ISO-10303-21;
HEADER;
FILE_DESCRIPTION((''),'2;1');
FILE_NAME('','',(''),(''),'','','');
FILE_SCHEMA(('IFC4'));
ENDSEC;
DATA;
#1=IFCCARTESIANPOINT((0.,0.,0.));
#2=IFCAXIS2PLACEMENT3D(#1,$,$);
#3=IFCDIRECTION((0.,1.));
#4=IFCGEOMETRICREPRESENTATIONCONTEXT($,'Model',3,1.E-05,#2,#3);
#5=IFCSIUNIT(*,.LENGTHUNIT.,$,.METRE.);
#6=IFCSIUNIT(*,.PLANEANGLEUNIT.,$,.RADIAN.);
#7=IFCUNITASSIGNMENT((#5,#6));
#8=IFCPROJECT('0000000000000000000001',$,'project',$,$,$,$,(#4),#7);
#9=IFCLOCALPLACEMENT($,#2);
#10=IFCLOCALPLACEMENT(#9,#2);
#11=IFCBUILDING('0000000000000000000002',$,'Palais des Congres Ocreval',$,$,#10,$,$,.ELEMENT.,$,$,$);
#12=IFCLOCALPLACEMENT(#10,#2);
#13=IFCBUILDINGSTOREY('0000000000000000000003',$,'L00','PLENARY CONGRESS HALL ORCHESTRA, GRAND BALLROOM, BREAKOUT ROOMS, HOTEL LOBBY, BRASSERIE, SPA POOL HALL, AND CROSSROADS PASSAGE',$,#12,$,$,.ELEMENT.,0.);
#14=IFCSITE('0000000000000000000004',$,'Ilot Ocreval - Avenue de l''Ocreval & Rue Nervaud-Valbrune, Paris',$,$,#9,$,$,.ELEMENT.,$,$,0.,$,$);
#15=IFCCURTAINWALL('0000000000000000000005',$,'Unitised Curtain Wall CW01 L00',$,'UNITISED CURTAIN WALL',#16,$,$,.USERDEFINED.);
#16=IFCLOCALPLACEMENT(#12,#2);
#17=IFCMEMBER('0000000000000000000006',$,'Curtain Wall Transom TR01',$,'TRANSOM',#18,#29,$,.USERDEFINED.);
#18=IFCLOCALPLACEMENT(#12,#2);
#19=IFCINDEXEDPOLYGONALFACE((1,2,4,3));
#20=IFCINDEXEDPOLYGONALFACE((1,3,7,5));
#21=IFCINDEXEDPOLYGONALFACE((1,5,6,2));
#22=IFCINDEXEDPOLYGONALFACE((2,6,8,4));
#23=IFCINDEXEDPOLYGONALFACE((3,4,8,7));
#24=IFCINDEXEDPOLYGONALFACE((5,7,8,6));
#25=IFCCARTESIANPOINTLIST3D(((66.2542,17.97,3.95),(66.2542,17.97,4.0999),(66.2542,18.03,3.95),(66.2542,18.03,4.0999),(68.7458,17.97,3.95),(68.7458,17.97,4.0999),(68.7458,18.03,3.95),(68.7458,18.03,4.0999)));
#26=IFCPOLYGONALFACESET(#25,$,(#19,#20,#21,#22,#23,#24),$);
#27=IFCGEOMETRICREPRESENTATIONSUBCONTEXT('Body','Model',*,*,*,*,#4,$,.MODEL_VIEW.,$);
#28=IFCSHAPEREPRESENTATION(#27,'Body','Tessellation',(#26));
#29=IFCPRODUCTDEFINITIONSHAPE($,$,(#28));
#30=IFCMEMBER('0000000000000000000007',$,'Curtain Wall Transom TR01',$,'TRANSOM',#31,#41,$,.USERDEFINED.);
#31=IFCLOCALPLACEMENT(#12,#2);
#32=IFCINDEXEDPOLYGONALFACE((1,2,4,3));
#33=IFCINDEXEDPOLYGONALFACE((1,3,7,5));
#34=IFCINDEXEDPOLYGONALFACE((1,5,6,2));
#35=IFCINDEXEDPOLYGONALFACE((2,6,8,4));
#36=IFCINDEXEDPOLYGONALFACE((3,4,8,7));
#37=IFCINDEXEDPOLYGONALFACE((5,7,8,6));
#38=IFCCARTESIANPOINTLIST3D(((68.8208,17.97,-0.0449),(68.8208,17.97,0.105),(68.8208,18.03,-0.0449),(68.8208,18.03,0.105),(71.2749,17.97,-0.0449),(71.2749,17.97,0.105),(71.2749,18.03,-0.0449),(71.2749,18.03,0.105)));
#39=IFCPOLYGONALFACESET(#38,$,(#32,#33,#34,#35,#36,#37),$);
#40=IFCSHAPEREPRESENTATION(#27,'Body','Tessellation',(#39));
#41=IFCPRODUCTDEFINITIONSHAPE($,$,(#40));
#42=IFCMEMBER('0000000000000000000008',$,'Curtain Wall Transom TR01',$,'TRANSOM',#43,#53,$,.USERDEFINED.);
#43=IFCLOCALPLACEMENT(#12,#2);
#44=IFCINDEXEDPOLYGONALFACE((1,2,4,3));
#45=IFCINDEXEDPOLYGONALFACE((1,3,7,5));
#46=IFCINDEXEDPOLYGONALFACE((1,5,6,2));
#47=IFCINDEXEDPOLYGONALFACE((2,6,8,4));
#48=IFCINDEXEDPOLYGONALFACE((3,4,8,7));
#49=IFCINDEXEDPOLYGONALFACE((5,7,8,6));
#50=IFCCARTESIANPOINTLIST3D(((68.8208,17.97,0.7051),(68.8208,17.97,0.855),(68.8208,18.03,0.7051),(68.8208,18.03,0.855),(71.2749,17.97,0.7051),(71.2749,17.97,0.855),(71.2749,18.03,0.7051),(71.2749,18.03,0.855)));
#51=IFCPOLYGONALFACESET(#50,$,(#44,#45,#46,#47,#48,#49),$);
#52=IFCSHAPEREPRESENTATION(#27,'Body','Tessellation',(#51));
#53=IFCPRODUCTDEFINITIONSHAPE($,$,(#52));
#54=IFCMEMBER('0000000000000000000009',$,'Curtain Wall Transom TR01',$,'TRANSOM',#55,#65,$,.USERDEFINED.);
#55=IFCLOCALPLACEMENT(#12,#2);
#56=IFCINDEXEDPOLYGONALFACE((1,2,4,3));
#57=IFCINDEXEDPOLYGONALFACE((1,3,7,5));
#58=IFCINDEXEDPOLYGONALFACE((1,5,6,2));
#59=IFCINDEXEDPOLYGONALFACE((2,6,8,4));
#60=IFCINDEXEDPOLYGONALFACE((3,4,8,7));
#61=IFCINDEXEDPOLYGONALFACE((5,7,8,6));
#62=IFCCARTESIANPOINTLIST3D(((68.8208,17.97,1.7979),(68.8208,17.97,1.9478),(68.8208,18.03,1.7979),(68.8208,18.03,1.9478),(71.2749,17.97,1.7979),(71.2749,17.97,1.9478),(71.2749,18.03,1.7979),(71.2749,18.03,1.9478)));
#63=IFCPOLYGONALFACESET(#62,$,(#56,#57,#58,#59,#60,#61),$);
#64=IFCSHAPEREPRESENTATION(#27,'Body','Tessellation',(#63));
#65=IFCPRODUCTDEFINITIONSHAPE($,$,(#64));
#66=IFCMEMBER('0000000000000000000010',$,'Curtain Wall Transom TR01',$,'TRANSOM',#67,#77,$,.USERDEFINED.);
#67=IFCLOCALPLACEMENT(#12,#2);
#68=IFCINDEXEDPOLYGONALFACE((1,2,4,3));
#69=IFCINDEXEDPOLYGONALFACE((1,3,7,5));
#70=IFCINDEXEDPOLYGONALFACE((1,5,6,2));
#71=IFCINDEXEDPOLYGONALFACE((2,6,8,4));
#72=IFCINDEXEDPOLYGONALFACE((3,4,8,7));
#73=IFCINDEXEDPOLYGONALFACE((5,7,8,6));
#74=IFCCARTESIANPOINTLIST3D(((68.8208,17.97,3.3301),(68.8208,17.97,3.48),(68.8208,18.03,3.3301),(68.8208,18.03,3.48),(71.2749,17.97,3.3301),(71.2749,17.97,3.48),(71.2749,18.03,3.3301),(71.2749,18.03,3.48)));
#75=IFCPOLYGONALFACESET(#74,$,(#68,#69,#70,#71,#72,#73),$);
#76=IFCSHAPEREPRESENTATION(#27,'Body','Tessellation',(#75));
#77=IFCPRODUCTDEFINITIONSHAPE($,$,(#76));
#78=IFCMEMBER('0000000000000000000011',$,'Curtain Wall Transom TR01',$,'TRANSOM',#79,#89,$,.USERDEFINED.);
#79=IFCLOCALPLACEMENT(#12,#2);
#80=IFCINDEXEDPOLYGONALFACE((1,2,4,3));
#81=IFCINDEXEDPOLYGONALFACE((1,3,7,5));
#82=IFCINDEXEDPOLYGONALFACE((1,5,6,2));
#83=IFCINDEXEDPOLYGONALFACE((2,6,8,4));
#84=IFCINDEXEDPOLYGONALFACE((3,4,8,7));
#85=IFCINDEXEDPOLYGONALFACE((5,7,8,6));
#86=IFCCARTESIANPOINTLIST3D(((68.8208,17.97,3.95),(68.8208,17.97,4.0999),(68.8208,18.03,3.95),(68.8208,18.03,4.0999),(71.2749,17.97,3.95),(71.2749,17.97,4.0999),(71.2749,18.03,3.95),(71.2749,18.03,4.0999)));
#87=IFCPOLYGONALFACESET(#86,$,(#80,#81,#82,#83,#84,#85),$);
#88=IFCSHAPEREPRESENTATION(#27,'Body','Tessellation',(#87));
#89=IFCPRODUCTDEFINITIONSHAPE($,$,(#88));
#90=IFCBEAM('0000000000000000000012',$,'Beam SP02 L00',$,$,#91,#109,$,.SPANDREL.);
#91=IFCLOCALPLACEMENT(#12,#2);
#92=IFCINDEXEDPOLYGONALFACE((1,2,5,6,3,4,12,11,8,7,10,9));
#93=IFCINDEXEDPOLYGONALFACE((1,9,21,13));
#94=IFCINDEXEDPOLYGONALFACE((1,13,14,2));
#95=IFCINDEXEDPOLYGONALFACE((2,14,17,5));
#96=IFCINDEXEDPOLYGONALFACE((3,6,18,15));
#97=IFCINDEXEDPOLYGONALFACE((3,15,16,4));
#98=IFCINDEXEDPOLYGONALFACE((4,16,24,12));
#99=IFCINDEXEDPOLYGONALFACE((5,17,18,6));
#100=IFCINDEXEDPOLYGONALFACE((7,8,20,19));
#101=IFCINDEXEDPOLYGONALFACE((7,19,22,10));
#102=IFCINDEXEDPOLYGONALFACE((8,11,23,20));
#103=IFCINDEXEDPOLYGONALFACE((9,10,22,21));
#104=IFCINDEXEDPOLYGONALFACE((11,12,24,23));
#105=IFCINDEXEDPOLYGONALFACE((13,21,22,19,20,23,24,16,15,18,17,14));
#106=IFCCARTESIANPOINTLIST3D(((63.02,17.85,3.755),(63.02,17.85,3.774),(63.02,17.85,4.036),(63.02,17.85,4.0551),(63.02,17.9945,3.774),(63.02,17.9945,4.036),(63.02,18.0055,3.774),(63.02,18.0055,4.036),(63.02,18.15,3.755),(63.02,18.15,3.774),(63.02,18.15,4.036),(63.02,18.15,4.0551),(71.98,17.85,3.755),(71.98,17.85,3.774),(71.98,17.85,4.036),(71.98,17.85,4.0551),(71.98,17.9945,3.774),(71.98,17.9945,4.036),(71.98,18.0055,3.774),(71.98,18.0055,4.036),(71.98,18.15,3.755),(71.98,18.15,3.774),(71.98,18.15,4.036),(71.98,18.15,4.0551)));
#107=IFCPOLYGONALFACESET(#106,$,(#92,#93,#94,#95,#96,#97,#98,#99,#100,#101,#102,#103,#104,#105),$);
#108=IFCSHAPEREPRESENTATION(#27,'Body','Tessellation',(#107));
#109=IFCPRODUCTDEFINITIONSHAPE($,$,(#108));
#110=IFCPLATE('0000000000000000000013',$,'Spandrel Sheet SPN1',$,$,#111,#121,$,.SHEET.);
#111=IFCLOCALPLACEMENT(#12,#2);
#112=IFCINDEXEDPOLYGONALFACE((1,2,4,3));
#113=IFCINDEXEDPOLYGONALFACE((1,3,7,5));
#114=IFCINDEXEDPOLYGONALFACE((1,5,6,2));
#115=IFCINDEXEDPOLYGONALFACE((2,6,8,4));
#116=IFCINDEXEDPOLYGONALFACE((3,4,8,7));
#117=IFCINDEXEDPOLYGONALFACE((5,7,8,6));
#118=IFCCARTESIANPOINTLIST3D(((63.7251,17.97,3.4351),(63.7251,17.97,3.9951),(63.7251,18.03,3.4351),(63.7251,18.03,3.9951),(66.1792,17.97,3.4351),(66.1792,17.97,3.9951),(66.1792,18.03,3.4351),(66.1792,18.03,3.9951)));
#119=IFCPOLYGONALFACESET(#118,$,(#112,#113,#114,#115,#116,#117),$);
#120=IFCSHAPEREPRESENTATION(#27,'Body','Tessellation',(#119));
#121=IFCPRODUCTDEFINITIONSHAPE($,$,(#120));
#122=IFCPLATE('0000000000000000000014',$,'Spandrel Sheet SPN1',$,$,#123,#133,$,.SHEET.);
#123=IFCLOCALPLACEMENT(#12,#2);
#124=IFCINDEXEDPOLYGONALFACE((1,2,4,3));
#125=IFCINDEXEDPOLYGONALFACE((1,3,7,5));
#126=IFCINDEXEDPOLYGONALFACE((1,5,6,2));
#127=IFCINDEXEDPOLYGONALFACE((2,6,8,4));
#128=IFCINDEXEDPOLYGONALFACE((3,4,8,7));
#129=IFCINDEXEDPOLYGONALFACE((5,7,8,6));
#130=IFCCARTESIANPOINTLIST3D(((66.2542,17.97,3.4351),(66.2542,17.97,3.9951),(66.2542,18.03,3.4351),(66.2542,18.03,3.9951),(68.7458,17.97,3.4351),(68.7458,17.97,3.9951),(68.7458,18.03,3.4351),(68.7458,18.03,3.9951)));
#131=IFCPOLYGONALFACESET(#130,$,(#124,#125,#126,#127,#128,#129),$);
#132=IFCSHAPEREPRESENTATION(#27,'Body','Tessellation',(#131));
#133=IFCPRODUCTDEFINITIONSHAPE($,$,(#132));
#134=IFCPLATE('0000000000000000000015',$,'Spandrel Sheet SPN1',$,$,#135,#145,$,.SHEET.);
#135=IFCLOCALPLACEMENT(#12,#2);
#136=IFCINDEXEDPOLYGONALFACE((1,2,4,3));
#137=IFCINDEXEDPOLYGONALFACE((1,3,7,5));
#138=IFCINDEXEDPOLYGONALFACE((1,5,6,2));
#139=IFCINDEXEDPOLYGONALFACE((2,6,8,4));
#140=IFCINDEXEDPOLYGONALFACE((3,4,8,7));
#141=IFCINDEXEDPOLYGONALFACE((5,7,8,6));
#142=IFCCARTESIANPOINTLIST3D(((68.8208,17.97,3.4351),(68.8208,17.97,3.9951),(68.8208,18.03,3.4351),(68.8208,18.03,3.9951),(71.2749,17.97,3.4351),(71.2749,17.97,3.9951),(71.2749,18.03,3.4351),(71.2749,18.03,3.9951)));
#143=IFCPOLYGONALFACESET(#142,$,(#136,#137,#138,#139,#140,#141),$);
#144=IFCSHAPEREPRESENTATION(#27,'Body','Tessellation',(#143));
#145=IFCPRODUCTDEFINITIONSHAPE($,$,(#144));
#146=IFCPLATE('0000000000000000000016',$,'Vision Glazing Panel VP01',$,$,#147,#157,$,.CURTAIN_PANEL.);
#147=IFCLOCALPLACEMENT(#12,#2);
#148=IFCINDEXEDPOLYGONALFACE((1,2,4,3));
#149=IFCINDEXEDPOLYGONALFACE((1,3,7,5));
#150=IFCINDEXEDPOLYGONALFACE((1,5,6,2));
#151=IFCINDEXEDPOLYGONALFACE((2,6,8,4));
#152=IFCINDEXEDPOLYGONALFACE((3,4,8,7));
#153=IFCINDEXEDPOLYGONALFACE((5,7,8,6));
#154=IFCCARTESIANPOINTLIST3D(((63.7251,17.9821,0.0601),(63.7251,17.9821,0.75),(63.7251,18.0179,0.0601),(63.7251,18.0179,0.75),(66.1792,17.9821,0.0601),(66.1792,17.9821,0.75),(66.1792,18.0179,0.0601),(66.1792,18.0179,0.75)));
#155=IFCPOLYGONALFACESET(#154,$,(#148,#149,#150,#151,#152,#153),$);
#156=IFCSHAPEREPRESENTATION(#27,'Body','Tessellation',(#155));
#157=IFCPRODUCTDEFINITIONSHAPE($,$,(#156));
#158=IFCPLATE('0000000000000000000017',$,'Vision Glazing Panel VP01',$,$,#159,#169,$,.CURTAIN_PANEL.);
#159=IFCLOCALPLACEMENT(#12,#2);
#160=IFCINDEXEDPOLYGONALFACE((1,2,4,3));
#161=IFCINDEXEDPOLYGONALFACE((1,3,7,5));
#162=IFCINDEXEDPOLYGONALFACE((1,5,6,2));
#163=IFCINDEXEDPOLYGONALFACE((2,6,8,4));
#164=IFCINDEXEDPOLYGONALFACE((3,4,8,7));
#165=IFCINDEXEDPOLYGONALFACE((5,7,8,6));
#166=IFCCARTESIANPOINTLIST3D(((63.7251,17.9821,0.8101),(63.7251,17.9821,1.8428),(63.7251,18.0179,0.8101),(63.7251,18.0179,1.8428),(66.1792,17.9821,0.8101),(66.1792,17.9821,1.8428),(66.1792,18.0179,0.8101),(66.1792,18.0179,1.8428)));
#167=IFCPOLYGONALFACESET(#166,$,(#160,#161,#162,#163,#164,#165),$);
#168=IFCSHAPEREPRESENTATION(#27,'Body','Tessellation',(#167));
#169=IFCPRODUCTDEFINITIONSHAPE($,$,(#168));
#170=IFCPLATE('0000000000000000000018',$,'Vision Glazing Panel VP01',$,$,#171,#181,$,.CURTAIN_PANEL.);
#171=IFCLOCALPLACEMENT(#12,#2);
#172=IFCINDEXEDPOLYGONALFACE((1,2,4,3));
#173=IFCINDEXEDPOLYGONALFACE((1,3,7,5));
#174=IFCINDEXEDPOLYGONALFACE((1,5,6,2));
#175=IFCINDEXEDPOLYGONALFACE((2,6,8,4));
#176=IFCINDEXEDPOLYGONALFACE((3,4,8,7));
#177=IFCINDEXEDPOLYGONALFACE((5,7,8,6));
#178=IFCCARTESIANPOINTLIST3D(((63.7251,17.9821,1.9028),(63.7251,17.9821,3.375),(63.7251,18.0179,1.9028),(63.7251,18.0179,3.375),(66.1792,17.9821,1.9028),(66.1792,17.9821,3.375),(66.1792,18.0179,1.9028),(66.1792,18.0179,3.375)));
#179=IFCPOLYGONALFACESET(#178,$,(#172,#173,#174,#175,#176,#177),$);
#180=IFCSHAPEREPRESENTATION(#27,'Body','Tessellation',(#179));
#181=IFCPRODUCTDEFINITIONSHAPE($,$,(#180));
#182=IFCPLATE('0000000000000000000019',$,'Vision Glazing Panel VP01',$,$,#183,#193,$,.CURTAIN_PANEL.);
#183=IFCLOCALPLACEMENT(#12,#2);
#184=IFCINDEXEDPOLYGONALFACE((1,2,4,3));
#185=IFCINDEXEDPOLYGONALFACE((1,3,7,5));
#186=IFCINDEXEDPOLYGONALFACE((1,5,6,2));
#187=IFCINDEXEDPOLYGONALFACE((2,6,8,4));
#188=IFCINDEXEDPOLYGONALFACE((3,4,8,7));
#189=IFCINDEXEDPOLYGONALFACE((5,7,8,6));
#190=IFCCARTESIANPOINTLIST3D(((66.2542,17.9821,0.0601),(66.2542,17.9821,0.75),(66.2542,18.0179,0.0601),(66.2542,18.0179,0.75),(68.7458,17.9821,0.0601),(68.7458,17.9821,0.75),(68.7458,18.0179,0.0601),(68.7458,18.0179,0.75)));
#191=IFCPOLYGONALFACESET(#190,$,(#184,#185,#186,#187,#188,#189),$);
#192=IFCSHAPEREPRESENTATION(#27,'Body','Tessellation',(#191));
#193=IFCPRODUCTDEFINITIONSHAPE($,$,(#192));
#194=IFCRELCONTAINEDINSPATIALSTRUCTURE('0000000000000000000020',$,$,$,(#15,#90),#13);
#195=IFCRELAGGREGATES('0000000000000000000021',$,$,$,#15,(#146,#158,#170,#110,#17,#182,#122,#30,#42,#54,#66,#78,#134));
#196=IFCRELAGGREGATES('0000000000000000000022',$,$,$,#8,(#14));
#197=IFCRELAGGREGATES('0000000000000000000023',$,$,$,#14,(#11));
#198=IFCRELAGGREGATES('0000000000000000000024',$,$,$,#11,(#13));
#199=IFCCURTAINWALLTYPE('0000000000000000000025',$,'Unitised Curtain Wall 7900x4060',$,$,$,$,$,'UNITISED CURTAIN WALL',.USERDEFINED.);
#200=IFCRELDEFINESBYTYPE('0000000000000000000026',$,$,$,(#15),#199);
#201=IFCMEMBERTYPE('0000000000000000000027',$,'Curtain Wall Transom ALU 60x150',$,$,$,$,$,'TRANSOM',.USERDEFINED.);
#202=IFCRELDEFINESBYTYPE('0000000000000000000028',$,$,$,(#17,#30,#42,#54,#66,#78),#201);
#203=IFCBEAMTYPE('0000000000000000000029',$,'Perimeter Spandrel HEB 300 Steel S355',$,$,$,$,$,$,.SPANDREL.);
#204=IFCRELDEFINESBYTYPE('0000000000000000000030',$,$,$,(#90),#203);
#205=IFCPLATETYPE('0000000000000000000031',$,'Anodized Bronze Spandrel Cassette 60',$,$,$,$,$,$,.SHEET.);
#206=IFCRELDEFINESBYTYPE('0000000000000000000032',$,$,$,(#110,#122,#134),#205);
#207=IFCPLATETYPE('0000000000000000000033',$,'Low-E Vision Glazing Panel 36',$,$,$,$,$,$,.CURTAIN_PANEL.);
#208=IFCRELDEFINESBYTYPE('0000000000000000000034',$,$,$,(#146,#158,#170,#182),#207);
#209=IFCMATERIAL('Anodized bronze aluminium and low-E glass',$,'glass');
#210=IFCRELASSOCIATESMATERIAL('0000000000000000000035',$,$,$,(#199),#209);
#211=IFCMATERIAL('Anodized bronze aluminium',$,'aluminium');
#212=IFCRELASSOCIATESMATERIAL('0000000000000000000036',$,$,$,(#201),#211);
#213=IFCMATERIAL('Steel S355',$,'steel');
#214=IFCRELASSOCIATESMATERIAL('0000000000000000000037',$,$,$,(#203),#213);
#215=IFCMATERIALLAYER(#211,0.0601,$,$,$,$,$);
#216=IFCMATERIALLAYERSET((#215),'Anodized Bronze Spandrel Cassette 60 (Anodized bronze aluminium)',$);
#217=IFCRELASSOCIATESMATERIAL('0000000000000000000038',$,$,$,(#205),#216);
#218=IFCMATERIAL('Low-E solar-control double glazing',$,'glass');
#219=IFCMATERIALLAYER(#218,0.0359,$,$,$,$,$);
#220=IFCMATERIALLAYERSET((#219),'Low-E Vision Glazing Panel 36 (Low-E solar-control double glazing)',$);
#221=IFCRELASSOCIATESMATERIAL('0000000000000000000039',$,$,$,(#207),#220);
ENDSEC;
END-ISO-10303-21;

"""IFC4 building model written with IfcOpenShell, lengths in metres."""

from ifc_helpers import new_model, si_unit, direction, frame, origin, origin_2d, place, context, subcontext, project, spatial, rectangle, i_section, extrude, material, layer, layer_set, material_profile, profile_set, type_object, element, aggregate, save


model = new_model("IFC4")

# Units and contexts
model_context = context("Model", 3, precision=1e-05, world=origin(), true_north=direction((0.0, 1.0)))
body_context = subcontext(model_context, "Body", "Model", "MODEL_VIEW")
ifc_project = project(units=[si_unit("LENGTHUNIT", "METRE"), si_unit("PLANEANGLEUNIT", "RADIAN")], contexts=[model_context])

# Site, building, storey
site_placement = place(None, origin())
site = spatial("IfcSite", under=ifc_project, at=site_placement, Name="Ilot Ocreval - Avenue de l'Ocreval & Rue Nervaud-Valbrune, Paris", CompositionType="ELEMENT", RefElevation=0.0)
building_placement = place(site_placement, origin())
building = spatial("IfcBuilding", under=site, at=building_placement, Name="Palais des Congres Ocreval", CompositionType="ELEMENT")
storey_placement = place(building_placement, origin())
storey = spatial("IfcBuildingStorey", under=building, at=storey_placement, Name="L00", Description="PLENARY CONGRESS HALL ORCHESTRA, GRAND BALLROOM, BREAKOUT ROOMS, HOTEL LOBBY, BRASSERIE, SPA POOL HALL, AND CROSSROADS PASSAGE", CompositionType="ELEMENT", Elevation=0.0)

# Curtain wall, members
ifc_material_1 = material(Name="Anodized bronze aluminium and low-E glass", Category="glass")
curtain_wall_type = type_object("IfcCurtainWallType", Name="Unitised Curtain Wall 7900x4060", ElementType="UNITISED CURTAIN WALL", PredefinedType="USERDEFINED", material=ifc_material_1)
curtain_wall_placement = place(storey_placement, origin())
curtain_wall = element("IfcCurtainWall", 1, at=curtain_wall_placement, inside=storey, type_object=curtain_wall_type, Name="Unitised Curtain Wall CW01 L00", ObjectType="UNITISED CURTAIN WALL", PredefinedType="USERDEFINED")
ifc_material_2 = material(Name="Anodized bronze aluminium", Category="aluminium")
ifc_material_profile_1 = material_profile(ifc_material_2, rectangle(XDim=0.0601, YDim=0.1499, at=origin_2d()), Name="ALU 60x150")
ifc_profile_set_1 = profile_set([ifc_material_profile_1], Name="Anodized bronze aluminium")
member_type_1 = type_object("IfcMemberType", Name="Curtain Wall Transom ALU 60x150", ElementType="TRANSOM", PredefinedType="USERDEFINED", material=ifc_profile_set_1)
member_1_placement = place(storey_placement, frame((66.2542, 18.0, 4.0249), z_axis=(1.0, 0.0, 0.0), x_axis=(0.0, 1.0, 0.0)))
member_1 = element("IfcMember", 2, at=member_1_placement, type_object=member_type_1, Name="Curtain Wall Transom TR01", ObjectType="TRANSOM", PredefinedType="USERDEFINED", context=body_context, shape_type="SweptSolid", body=[
    extrude(rectangle(XDim=0.0601, YDim=0.1499, at=origin_2d()), origin(), (0.0, 0.0, 1.0), 2.4917),
])
member_2_placement = place(storey_placement, frame((68.8208, 18.0, 0.03), z_axis=(1.0, 0.0, 0.0), x_axis=(0.0, 1.0, 0.0)))
member_2 = element("IfcMember", 3, at=member_2_placement, type_object=member_type_1, Name="Curtain Wall Transom TR01", ObjectType="TRANSOM", PredefinedType="USERDEFINED", context=body_context, shape_type="SweptSolid", body=[
    extrude(rectangle(XDim=0.0601, YDim=0.1499, at=origin_2d()), origin(), (0.0, 0.0, 1.0), 2.4541),
])
member_3_placement = place(storey_placement, frame((68.8208, 18.0, 0.78), z_axis=(1.0, 0.0, 0.0), x_axis=(0.0, 1.0, 0.0)))
member_3 = element("IfcMember", 4, at=member_3_placement, type_object=member_type_1, Name="Curtain Wall Transom TR01", ObjectType="TRANSOM", PredefinedType="USERDEFINED", context=body_context, shape_type="SweptSolid", body=[
    extrude(rectangle(XDim=0.0601, YDim=0.1499, at=origin_2d()), origin(), (0.0, 0.0, 1.0), 2.4541),
])
member_4_placement = place(storey_placement, frame((68.8208, 18.0, 1.8728), z_axis=(1.0, 0.0, 0.0), x_axis=(0.0, 1.0, 0.0)))
member_4 = element("IfcMember", 5, at=member_4_placement, type_object=member_type_1, Name="Curtain Wall Transom TR01", ObjectType="TRANSOM", PredefinedType="USERDEFINED", context=body_context, shape_type="SweptSolid", body=[
    extrude(rectangle(XDim=0.0601, YDim=0.1499, at=origin_2d()), origin(), (0.0, 0.0, 1.0), 2.4541),
])
member_5_placement = place(storey_placement, frame((68.8208, 18.0, 3.405), z_axis=(1.0, 0.0, 0.0), x_axis=(0.0, 1.0, 0.0)))
member_5 = element("IfcMember", 6, at=member_5_placement, type_object=member_type_1, Name="Curtain Wall Transom TR01", ObjectType="TRANSOM", PredefinedType="USERDEFINED", context=body_context, shape_type="SweptSolid", body=[
    extrude(rectangle(XDim=0.0601, YDim=0.1499, at=origin_2d()), origin(), (0.0, 0.0, 1.0), 2.4541),
])
member_6_placement = place(storey_placement, frame((68.8208, 18.0, 4.0249), z_axis=(1.0, 0.0, 0.0), x_axis=(0.0, 1.0, 0.0)))
member_6 = element("IfcMember", 7, at=member_6_placement, type_object=member_type_1, Name="Curtain Wall Transom TR01", ObjectType="TRANSOM", PredefinedType="USERDEFINED", context=body_context, shape_type="SweptSolid", body=[
    extrude(rectangle(XDim=0.0601, YDim=0.1499, at=origin_2d()), origin(), (0.0, 0.0, 1.0), 2.4541),
])

# Beam
ifc_material_3 = material(Name="Steel S355", Category="steel")
ifc_material_profile_2 = material_profile(ifc_material_3, i_section(OverallWidth=0.3, OverallDepth=0.3, WebThickness=0.011, FlangeThickness=0.019, at=origin_2d()), Name="HEB 300")
ifc_profile_set_2 = profile_set([ifc_material_profile_2], Name="Steel S355")
beam_type = type_object("IfcBeamType", Name="Perimeter Spandrel HEB 300 Steel S355", PredefinedType="SPANDREL", material=ifc_profile_set_2)
beam_placement = place(storey_placement, frame((63.02, 18.0, 3.905), z_axis=(1.0, 0.0, 0.0), x_axis=(0.0, 1.0, 0.0)))
element("IfcBeam", 8, at=beam_placement, inside=storey, type_object=beam_type, Name="Beam SP02 L00", PredefinedType="SPANDREL", context=body_context, shape_type="SweptSolid", body=[
    extrude(i_section(OverallWidth=0.3, OverallDepth=0.3, WebThickness=0.011, FlangeThickness=0.019, at=origin_2d()), origin(), (0.0, 0.0, 1.0), 8.96),
])

# Plates
ifc_layer_1 = layer(ifc_material_2, 0.0601)
ifc_layer_set_1 = layer_set([ifc_layer_1], Name="Anodized Bronze Spandrel Cassette 60 (Anodized bronze aluminium)")
plate_type_1 = type_object("IfcPlateType", Name="Anodized Bronze Spandrel Cassette 60", PredefinedType="SHEET", material=ifc_layer_set_1)
plate_1_placement = place(storey_placement, frame((64.9521, 18.0, 3.4351), z_axis=(0.0, 0.0, 1.0), x_axis=(1.0, 0.0, 0.0)))
plate_1 = element("IfcPlate", 9, at=plate_1_placement, type_object=plate_type_1, Name="Spandrel Sheet SPN1", PredefinedType="SHEET", context=body_context, shape_type="SweptSolid", body=[
    extrude(rectangle(XDim=2.4541, YDim=0.0601, at=origin_2d()), origin(), (0.0, 0.0, 1.0), 0.5601),
])
plate_2_placement = place(storey_placement, frame((67.5, 18.0, 3.4351), z_axis=(0.0, 0.0, 1.0), x_axis=(1.0, 0.0, 0.0)))
plate_2 = element("IfcPlate", 10, at=plate_2_placement, type_object=plate_type_1, Name="Spandrel Sheet SPN1", PredefinedType="SHEET", context=body_context, shape_type="SweptSolid", body=[
    extrude(rectangle(XDim=2.4917, YDim=0.0601, at=origin_2d()), origin(), (0.0, 0.0, 1.0), 0.5601),
])
plate_3_placement = place(storey_placement, frame((70.0479, 18.0, 3.4351), z_axis=(0.0, 0.0, 1.0), x_axis=(1.0, 0.0, 0.0)))
plate_3 = element("IfcPlate", 11, at=plate_3_placement, type_object=plate_type_1, Name="Spandrel Sheet SPN1", PredefinedType="SHEET", context=body_context, shape_type="SweptSolid", body=[
    extrude(rectangle(XDim=2.4541, YDim=0.0601, at=origin_2d()), origin(), (0.0, 0.0, 1.0), 0.5601),
])
ifc_material_4 = material(Name="Low-E solar-control double glazing", Category="glass")
ifc_layer_2 = layer(ifc_material_4, 0.0359)
ifc_layer_set_2 = layer_set([ifc_layer_2], Name="Low-E Vision Glazing Panel 36 (Low-E solar-control double glazing)")
plate_type_2 = type_object("IfcPlateType", Name="Low-E Vision Glazing Panel 36", PredefinedType="CURTAIN_PANEL", material=ifc_layer_set_2)
plate_4_placement = place(storey_placement, frame((64.9521, 18.0, 0.0601), z_axis=(0.0, 0.0, 1.0), x_axis=(1.0, 0.0, 0.0)))
plate_4 = element("IfcPlate", 12, at=plate_4_placement, type_object=plate_type_2, Name="Vision Glazing Panel VP01", PredefinedType="CURTAIN_PANEL", context=body_context, shape_type="SweptSolid", body=[
    extrude(rectangle(XDim=2.4541, YDim=0.0359, at=origin_2d()), origin(), (0.0, 0.0, 1.0), 0.6899),
])
plate_5_placement = place(storey_placement, frame((64.9521, 18.0, 0.8101), z_axis=(0.0, 0.0, 1.0), x_axis=(1.0, 0.0, 0.0)))
plate_5 = element("IfcPlate", 13, at=plate_5_placement, type_object=plate_type_2, Name="Vision Glazing Panel VP01", PredefinedType="CURTAIN_PANEL", context=body_context, shape_type="SweptSolid", body=[
    extrude(rectangle(XDim=2.4541, YDim=0.0359, at=origin_2d()), origin(), (0.0, 0.0, 1.0), 1.0327),
])
plate_6_placement = place(storey_placement, frame((64.9521, 18.0, 1.9028), z_axis=(0.0, 0.0, 1.0), x_axis=(1.0, 0.0, 0.0)))
plate_6 = element("IfcPlate", 14, at=plate_6_placement, type_object=plate_type_2, Name="Vision Glazing Panel VP01", PredefinedType="CURTAIN_PANEL", context=body_context, shape_type="SweptSolid", body=[
    extrude(rectangle(XDim=2.4541, YDim=0.0359, at=origin_2d()), origin(), (0.0, 0.0, 1.0), 1.4722),
])
plate_7_placement = place(storey_placement, frame((67.5, 18.0, 0.0601), z_axis=(0.0, 0.0, 1.0), x_axis=(1.0, 0.0, 0.0)))
plate_7 = element("IfcPlate", 15, at=plate_7_placement, type_object=plate_type_2, Name="Vision Glazing Panel VP01", PredefinedType="CURTAIN_PANEL", context=body_context, shape_type="SweptSolid", body=[
    extrude(rectangle(XDim=2.4917, YDim=0.0359, at=origin_2d()), origin(), (0.0, 0.0, 1.0), 0.6899),
])
aggregate(curtain_wall, [plate_4, plate_5, plate_6, plate_1, member_1, plate_7, plate_2, member_2, member_3, member_4, member_5, member_6, plate_3])

save(model, "model.ifc")
